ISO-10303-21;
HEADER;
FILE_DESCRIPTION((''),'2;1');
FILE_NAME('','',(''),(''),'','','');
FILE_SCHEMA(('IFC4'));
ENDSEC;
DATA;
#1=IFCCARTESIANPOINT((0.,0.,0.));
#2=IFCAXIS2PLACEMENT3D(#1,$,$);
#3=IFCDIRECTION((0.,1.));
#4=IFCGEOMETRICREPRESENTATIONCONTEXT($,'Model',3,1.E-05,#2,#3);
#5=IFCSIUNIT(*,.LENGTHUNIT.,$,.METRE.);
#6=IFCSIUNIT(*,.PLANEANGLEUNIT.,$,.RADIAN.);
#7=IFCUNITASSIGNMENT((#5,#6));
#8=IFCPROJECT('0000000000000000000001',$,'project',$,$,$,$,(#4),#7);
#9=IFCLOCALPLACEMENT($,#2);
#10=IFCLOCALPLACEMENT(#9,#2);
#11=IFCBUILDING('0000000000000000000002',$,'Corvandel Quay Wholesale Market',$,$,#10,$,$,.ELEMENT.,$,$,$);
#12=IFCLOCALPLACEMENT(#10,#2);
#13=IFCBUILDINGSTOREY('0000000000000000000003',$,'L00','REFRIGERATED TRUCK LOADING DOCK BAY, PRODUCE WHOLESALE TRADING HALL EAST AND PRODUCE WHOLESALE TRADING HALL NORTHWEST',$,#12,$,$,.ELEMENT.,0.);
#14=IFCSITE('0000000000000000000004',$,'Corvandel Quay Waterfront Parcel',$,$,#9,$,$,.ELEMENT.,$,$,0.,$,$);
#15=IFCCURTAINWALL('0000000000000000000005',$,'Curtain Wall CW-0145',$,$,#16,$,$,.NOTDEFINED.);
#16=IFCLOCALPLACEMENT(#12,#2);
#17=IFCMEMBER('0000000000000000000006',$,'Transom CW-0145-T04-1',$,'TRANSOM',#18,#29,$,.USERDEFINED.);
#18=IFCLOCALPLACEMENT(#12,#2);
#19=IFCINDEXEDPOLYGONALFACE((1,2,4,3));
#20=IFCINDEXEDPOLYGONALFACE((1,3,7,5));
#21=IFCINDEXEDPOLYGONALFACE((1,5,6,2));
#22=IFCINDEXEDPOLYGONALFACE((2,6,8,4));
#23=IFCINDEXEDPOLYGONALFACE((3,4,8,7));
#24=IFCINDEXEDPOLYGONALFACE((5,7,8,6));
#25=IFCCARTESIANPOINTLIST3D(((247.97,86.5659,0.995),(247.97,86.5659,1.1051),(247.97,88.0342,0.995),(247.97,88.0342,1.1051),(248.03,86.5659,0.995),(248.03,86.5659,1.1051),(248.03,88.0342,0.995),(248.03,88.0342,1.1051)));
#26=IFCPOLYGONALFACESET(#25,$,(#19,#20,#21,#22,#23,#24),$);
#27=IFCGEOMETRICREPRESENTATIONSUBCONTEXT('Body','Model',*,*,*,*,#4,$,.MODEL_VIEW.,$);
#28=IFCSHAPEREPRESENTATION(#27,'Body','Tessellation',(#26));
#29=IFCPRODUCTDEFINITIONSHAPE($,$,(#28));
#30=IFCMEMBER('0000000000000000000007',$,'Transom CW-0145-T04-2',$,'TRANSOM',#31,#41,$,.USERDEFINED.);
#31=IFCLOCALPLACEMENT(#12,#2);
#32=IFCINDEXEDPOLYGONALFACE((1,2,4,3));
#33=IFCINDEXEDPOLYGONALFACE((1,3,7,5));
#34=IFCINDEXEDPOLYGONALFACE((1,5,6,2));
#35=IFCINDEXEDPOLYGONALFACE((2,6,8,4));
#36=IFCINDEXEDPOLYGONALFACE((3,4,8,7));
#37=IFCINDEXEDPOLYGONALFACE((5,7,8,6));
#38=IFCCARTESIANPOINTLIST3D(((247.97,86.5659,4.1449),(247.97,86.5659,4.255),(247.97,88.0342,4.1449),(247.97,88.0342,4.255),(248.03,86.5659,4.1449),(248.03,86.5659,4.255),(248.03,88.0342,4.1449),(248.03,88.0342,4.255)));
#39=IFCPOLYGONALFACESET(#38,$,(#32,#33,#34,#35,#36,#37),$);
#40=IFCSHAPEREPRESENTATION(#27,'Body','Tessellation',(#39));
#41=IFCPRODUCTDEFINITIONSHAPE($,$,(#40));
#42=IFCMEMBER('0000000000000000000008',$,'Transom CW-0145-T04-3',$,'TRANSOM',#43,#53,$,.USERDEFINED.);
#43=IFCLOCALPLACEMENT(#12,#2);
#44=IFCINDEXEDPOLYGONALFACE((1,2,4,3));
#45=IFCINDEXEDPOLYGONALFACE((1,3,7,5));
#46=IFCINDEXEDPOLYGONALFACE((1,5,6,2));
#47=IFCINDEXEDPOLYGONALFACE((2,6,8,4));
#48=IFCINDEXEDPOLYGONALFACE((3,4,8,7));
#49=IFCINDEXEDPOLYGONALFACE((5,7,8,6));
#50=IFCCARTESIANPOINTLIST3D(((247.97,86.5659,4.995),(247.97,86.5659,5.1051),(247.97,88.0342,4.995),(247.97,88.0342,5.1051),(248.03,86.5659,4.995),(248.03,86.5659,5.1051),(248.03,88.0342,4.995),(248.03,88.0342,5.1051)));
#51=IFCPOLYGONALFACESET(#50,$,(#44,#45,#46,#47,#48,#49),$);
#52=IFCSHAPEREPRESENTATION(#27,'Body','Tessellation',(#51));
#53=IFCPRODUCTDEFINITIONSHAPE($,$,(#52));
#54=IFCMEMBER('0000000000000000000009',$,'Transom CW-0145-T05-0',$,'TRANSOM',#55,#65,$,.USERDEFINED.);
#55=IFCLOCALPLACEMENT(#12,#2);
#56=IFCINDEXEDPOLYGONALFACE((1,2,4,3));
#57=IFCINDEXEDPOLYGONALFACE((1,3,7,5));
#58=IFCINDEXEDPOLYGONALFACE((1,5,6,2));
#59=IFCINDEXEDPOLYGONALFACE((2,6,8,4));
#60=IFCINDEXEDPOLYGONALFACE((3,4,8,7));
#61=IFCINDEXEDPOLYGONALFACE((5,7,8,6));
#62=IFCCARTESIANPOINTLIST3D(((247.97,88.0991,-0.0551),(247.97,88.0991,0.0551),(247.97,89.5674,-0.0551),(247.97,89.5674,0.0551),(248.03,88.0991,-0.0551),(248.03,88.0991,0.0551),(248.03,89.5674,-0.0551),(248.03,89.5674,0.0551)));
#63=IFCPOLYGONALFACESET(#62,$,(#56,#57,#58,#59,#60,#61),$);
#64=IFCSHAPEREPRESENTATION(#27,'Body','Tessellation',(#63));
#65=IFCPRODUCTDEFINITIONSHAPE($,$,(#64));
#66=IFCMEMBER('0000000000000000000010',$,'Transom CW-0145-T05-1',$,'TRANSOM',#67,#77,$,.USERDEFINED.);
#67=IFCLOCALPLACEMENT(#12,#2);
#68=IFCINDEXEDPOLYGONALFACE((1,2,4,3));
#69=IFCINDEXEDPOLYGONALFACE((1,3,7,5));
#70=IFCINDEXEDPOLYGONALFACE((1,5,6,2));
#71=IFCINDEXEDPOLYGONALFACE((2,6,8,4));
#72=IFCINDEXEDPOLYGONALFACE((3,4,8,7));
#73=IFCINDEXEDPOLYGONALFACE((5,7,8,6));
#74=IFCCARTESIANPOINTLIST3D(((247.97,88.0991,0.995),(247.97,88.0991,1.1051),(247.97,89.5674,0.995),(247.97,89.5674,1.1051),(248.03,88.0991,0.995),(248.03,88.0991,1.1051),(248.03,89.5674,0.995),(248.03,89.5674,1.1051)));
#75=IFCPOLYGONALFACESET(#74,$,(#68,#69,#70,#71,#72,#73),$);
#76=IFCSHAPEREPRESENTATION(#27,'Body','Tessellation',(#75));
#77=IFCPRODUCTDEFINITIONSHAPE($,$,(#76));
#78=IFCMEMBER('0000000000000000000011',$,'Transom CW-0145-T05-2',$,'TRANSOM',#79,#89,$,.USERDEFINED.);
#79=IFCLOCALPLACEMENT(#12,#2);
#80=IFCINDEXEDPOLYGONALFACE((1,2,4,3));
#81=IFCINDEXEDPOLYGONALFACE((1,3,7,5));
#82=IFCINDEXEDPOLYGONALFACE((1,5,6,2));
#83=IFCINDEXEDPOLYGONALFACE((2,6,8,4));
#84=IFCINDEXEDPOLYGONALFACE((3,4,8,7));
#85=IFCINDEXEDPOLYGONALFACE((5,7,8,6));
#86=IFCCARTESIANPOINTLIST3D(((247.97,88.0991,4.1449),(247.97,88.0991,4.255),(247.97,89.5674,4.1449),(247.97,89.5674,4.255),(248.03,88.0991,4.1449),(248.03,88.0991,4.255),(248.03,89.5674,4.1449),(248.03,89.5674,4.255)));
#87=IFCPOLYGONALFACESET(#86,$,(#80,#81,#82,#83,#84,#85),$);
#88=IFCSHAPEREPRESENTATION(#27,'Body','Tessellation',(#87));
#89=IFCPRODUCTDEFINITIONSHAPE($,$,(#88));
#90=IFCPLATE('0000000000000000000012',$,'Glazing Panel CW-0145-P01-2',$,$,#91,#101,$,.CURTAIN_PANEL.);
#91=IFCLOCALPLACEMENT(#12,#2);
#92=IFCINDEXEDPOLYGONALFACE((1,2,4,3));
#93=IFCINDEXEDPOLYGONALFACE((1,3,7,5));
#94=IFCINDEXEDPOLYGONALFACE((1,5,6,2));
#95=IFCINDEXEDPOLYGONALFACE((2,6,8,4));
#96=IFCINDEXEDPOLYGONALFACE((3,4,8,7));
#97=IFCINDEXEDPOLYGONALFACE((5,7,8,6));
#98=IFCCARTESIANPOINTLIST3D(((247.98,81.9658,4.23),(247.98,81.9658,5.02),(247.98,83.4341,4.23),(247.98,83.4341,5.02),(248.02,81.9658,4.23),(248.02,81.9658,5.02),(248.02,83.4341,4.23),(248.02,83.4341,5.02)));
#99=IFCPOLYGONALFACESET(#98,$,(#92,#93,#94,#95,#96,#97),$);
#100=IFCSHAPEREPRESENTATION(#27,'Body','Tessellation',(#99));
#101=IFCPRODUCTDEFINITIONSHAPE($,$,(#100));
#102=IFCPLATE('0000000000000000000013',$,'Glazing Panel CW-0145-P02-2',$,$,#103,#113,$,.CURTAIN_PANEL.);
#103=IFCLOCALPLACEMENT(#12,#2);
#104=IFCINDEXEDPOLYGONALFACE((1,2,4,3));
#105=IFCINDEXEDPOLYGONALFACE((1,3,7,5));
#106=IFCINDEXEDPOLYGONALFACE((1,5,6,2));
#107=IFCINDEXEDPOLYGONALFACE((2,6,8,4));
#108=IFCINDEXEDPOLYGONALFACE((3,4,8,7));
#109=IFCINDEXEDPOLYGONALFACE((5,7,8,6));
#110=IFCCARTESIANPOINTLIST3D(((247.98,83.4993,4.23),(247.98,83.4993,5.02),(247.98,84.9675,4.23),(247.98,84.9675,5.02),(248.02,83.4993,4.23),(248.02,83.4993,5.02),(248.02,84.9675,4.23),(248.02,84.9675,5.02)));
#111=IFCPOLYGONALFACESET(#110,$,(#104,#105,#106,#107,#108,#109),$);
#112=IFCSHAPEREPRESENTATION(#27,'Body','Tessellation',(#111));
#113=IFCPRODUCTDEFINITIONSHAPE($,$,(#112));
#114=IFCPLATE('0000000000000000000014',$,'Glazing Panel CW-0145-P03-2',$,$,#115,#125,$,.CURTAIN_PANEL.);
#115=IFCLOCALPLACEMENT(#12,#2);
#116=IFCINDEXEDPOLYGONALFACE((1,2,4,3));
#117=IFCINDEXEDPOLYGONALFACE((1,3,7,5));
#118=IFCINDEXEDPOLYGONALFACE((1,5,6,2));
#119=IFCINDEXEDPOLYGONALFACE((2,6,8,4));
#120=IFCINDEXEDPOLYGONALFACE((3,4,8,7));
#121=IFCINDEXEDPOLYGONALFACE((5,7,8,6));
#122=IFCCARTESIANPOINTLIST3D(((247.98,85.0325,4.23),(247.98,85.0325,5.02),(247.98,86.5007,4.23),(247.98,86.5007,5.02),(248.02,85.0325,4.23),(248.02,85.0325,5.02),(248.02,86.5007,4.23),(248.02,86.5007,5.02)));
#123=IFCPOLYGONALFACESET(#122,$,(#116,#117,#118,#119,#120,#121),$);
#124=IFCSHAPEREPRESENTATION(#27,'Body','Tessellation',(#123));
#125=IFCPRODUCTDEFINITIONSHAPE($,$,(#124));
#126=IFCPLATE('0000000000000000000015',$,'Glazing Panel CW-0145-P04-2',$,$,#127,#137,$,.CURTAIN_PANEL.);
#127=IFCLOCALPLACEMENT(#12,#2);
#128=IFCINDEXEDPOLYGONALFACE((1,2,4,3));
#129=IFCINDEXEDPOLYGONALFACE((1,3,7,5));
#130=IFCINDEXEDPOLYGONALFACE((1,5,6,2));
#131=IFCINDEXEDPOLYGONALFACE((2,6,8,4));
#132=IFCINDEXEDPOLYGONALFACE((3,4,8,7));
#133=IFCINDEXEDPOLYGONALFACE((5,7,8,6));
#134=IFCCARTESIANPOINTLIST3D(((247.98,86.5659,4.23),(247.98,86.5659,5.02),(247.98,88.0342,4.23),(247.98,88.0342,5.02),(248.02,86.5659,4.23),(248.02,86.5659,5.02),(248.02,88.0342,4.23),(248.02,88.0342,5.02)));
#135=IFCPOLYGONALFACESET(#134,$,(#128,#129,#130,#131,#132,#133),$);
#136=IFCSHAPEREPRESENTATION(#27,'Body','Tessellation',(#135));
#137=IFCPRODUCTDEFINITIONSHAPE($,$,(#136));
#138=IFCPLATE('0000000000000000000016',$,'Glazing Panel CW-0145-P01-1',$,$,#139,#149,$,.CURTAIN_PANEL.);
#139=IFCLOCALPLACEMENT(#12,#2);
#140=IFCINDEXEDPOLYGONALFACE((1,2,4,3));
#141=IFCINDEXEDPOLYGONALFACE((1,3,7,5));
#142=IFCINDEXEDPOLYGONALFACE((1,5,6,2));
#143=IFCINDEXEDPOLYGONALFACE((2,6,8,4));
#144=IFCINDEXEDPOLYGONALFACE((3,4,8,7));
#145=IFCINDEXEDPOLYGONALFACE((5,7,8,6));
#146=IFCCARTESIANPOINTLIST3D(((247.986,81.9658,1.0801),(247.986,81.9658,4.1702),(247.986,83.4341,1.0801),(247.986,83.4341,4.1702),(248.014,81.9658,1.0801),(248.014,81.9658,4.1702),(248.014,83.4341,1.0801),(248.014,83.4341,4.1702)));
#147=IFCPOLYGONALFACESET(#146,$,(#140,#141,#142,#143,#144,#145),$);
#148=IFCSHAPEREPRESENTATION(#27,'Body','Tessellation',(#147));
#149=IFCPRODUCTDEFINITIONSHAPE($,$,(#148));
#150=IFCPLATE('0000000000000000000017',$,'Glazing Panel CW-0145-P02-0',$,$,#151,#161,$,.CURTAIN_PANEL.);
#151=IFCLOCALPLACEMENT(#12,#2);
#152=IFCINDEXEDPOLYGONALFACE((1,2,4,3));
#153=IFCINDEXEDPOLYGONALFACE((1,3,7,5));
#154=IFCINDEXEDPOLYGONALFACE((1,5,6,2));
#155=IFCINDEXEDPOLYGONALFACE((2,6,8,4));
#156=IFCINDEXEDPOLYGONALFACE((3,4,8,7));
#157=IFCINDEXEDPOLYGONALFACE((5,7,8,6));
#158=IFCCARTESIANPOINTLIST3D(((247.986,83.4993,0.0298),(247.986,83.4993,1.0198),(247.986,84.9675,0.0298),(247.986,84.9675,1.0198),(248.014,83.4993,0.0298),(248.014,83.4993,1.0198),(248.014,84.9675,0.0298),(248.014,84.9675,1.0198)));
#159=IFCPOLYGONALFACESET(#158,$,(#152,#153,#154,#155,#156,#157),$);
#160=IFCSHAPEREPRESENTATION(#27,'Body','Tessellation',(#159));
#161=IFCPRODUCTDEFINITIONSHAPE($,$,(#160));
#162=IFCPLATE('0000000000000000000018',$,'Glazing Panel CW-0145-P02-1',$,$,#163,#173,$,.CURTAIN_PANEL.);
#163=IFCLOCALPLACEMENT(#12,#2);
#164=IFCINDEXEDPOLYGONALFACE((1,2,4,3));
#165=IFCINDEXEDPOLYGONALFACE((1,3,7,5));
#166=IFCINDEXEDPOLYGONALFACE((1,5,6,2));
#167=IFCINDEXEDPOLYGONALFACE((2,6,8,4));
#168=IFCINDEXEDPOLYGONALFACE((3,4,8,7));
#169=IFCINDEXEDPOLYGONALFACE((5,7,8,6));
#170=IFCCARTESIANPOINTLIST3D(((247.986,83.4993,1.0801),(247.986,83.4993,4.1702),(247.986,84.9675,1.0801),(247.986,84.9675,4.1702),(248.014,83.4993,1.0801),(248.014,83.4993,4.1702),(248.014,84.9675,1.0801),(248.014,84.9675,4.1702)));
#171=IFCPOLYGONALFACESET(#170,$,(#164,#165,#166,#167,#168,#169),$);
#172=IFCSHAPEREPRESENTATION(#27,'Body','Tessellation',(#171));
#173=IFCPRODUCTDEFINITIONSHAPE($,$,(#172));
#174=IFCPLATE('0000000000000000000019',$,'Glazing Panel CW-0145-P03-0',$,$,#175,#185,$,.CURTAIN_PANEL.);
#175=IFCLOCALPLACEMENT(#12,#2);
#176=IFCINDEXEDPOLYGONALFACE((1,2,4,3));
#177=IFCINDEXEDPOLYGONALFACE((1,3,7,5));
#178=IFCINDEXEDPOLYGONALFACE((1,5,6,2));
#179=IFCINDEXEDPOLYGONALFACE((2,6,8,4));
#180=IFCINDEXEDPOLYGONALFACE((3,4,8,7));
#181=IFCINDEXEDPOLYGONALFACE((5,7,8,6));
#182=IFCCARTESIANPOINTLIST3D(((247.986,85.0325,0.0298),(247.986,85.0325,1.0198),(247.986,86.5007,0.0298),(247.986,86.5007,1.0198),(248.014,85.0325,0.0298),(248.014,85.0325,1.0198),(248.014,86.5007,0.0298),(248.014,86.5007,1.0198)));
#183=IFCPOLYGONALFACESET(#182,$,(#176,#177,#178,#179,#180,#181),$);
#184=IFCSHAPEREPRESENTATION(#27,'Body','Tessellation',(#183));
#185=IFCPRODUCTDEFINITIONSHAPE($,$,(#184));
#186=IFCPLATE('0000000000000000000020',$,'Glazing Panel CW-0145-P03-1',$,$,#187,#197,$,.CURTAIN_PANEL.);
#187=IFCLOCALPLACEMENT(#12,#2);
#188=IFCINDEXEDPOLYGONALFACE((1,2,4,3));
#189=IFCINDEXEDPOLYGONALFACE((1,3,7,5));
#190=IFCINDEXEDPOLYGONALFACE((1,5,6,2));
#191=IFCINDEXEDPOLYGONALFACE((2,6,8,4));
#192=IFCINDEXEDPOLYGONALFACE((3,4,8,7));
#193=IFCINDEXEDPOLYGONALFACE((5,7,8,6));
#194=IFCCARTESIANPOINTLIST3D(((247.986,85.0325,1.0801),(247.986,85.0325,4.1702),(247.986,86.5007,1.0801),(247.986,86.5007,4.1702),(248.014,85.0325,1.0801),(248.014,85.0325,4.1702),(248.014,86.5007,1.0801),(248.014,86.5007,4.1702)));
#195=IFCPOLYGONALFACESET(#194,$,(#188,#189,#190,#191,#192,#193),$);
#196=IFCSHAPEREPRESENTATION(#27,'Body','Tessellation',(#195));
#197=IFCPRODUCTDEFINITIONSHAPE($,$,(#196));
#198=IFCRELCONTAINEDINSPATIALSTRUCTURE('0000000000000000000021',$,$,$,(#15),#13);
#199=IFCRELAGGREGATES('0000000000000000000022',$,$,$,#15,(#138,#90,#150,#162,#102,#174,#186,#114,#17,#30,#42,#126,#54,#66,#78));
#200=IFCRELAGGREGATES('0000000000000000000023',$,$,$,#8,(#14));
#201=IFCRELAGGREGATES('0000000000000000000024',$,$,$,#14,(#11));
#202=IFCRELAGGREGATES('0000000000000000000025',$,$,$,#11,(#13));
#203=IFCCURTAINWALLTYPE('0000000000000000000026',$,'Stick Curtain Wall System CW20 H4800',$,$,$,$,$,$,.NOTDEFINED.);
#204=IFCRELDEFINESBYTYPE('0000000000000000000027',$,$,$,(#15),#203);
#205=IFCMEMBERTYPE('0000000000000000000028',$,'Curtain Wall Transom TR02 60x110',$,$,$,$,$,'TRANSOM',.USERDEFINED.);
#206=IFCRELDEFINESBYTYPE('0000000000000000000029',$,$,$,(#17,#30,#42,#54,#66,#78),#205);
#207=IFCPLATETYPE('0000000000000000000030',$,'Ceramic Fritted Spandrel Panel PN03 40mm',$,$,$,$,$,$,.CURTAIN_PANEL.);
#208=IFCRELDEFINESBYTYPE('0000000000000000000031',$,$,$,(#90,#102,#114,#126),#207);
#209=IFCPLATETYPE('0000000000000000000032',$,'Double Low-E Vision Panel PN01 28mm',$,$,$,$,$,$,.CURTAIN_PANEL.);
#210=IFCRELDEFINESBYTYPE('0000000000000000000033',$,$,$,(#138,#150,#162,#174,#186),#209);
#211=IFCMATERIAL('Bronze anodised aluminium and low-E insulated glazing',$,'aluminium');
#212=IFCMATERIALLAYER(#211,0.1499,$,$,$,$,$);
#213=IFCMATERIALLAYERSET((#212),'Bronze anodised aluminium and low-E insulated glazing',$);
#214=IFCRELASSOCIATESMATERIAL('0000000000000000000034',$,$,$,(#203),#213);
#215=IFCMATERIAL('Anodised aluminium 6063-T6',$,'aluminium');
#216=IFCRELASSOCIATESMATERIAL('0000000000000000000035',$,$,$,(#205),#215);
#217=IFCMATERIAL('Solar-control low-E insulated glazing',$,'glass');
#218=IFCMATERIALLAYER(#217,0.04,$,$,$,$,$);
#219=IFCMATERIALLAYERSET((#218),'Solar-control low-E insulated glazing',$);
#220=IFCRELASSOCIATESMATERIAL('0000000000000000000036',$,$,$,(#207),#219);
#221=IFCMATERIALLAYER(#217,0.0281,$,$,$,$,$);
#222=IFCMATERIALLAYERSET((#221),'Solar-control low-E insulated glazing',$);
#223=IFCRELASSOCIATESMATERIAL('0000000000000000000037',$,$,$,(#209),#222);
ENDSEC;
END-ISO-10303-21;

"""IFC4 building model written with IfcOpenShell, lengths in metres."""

from ifc_helpers import new_model, si_unit, direction, frame, origin, origin_2d, place, context, subcontext, project, spatial, rectangle, extrude, material, layer, layer_set, material_profile, profile_set, type_object, element, aggregate, save


model = new_model("IFC4")

# Units and contexts
model_context = context("Model", 3, precision=1e-05, world=origin(), true_north=direction((0.0, 1.0)))
body_context = subcontext(model_context, "Body", "Model", "MODEL_VIEW")
ifc_project = project(units=[si_unit("LENGTHUNIT", "METRE"), si_unit("PLANEANGLEUNIT", "RADIAN")], contexts=[model_context])

# Site, building, storey
site_placement = place(None, origin())
site = spatial("IfcSite", under=ifc_project, at=site_placement, Name="Corvandel Quay Waterfront Parcel", CompositionType="ELEMENT", RefElevation=0.0)
building_placement = place(site_placement, origin())
building = spatial("IfcBuilding", under=site, at=building_placement, Name="Corvandel Quay Wholesale Market", CompositionType="ELEMENT")
storey_placement = place(building_placement, origin())
storey = spatial("IfcBuildingStorey", under=building, at=storey_placement, Name="L00", Description="REFRIGERATED TRUCK LOADING DOCK BAY, PRODUCE WHOLESALE TRADING HALL EAST AND PRODUCE WHOLESALE TRADING HALL NORTHWEST", CompositionType="ELEMENT", Elevation=0.0)

# Curtain wall, members, plates
ifc_material_1 = material(Name="Bronze anodised aluminium and low-E insulated glazing", Category="aluminium")
ifc_layer_1 = layer(ifc_material_1, 0.1499)
ifc_layer_set_1 = layer_set([ifc_layer_1], Name="Bronze anodised aluminium and low-E insulated glazing")
curtain_wall_type = type_object("IfcCurtainWallType", Name="Stick Curtain Wall System CW20 H4800", PredefinedType="NOTDEFINED", material=ifc_layer_set_1)
curtain_wall_placement = place(storey_placement, origin())
curtain_wall = element("IfcCurtainWall", 1, at=curtain_wall_placement, inside=storey, type_object=curtain_wall_type, Name="Curtain Wall CW-0145", PredefinedType="NOTDEFINED")
ifc_material_2 = material(Name="Anodised aluminium 6063-T6", Category="aluminium")
ifc_material_profile_1 = material_profile(ifc_material_2, rectangle(XDim=0.0601, YDim=0.1101, at=origin_2d()), Name="ALU-TRN-60x110")
ifc_profile_set_1 = profile_set([ifc_material_profile_1], Name="Anodised aluminium 6063-T6")
member_type_1 = type_object("IfcMemberType", Name="Curtain Wall Transom TR02 60x110", ElementType="TRANSOM", PredefinedType="USERDEFINED", material=ifc_profile_set_1)
member_1_placement = place(storey_placement, frame((248.0, 86.5659, 1.05), z_axis=(0.0, 1.0, 0.0), x_axis=(-1.0, 0.0, 0.0)))
member_1 = element("IfcMember", 2, at=member_1_placement, type_object=member_type_1, Name="Transom CW-0145-T04-1", ObjectType="TRANSOM", PredefinedType="USERDEFINED", context=body_context, shape_type="SweptSolid", body=[
    extrude(rectangle(XDim=0.0601, YDim=0.1101, at=origin_2d()), origin(), (0.0, 0.0, 1.0), 1.4683),
])
member_2_placement = place(storey_placement, frame((248.0, 86.5659, 4.2), z_axis=(0.0, 1.0, 0.0), x_axis=(-1.0, 0.0, 0.0)))
member_2 = element("IfcMember", 3, at=member_2_placement, type_object=member_type_1, Name="Transom CW-0145-T04-2", ObjectType="TRANSOM", PredefinedType="USERDEFINED", context=body_context, shape_type="SweptSolid", body=[
    extrude(rectangle(XDim=0.0601, YDim=0.1101, at=origin_2d()), origin(), (0.0, 0.0, 1.0), 1.4683),
])
member_3_placement = place(storey_placement, frame((248.0, 86.5659, 5.05), z_axis=(0.0, 1.0, 0.0), x_axis=(-1.0, 0.0, 0.0)))
member_3 = element("IfcMember", 4, at=member_3_placement, type_object=member_type_1, Name="Transom CW-0145-T04-3", ObjectType="TRANSOM", PredefinedType="USERDEFINED", context=body_context, shape_type="SweptSolid", body=[
    extrude(rectangle(XDim=0.0601, YDim=0.1101, at=origin_2d()), origin(), (0.0, 0.0, 1.0), 1.4683),
])
member_4_placement = place(storey_placement, frame((248.0, 88.0991, 0.0), z_axis=(0.0, 1.0, 0.0), x_axis=(-1.0, 0.0, 0.0)))
member_4 = element("IfcMember", 5, at=member_4_placement, type_object=member_type_1, Name="Transom CW-0145-T05-0", ObjectType="TRANSOM", PredefinedType="USERDEFINED", context=body_context, shape_type="SweptSolid", body=[
    extrude(rectangle(XDim=0.0601, YDim=0.1101, at=origin_2d()), origin(), (0.0, 0.0, 1.0), 1.4683),
])
member_5_placement = place(storey_placement, frame((248.0, 88.0991, 1.05), z_axis=(0.0, 1.0, 0.0), x_axis=(-1.0, 0.0, 0.0)))
member_5 = element("IfcMember", 6, at=member_5_placement, type_object=member_type_1, Name="Transom CW-0145-T05-1", ObjectType="TRANSOM", PredefinedType="USERDEFINED", context=body_context, shape_type="SweptSolid", body=[
    extrude(rectangle(XDim=0.0601, YDim=0.1101, at=origin_2d()), origin(), (0.0, 0.0, 1.0), 1.4683),
])
member_6_placement = place(storey_placement, frame((248.0, 88.0991, 4.2), z_axis=(0.0, 1.0, 0.0), x_axis=(-1.0, 0.0, 0.0)))
member_6 = element("IfcMember", 7, at=member_6_placement, type_object=member_type_1, Name="Transom CW-0145-T05-2", ObjectType="TRANSOM", PredefinedType="USERDEFINED", context=body_context, shape_type="SweptSolid", body=[
    extrude(rectangle(XDim=0.0601, YDim=0.1101, at=origin_2d()), origin(), (0.0, 0.0, 1.0), 1.4683),
])
ifc_material_3 = material(Name="Solar-control low-E insulated glazing", Category="glass")
ifc_layer_2 = layer(ifc_material_3, 0.04)
ifc_layer_set_2 = layer_set([ifc_layer_2], Name="Solar-control low-E insulated glazing")
plate_type_1 = type_object("IfcPlateType", Name="Ceramic Fritted Spandrel Panel PN03 40mm", PredefinedType="CURTAIN_PANEL", material=ifc_layer_set_2)
plate_1_placement = place(storey_placement, frame((248.0, 82.7, 4.23), z_axis=(0.0, 0.0, 1.0), x_axis=(0.0, 1.0, 0.0)))
plate_1 = element("IfcPlate", 8, at=plate_1_placement, type_object=plate_type_1, Name="Glazing Panel CW-0145-P01-2", PredefinedType="CURTAIN_PANEL", context=body_context, shape_type="SweptSolid", body=[
    extrude(rectangle(XDim=1.4683, YDim=0.04, at=origin_2d()), origin(), (0.0, 0.0, 1.0), 0.79),
])
plate_2_placement = place(storey_placement, frame((248.0, 84.2334, 4.23), z_axis=(0.0, 0.0, 1.0), x_axis=(0.0, 1.0, 0.0)))
plate_2 = element("IfcPlate", 9, at=plate_2_placement, type_object=plate_type_1, Name="Glazing Panel CW-0145-P02-2", PredefinedType="CURTAIN_PANEL", context=body_context, shape_type="SweptSolid", body=[
    extrude(rectangle(XDim=1.4683, YDim=0.04, at=origin_2d()), origin(), (0.0, 0.0, 1.0), 0.79),
])
plate_3_placement = place(storey_placement, frame((248.0, 85.7666, 4.23), z_axis=(0.0, 0.0, 1.0), x_axis=(0.0, 1.0, 0.0)))
plate_3 = element("IfcPlate", 10, at=plate_3_placement, type_object=plate_type_1, Name="Glazing Panel CW-0145-P03-2", PredefinedType="CURTAIN_PANEL", context=body_context, shape_type="SweptSolid", body=[
    extrude(rectangle(XDim=1.4683, YDim=0.04, at=origin_2d()), origin(), (0.0, 0.0, 1.0), 0.79),
])
plate_4_placement = place(storey_placement, frame((248.0, 87.3, 4.23), z_axis=(0.0, 0.0, 1.0), x_axis=(0.0, 1.0, 0.0)))
plate_4 = element("IfcPlate", 11, at=plate_4_placement, type_object=plate_type_1, Name="Glazing Panel CW-0145-P04-2", PredefinedType="CURTAIN_PANEL", context=body_context, shape_type="SweptSolid", body=[
    extrude(rectangle(XDim=1.4683, YDim=0.04, at=origin_2d()), origin(), (0.0, 0.0, 1.0), 0.79),
])
ifc_layer_3 = layer(ifc_material_3, 0.0281)
ifc_layer_set_3 = layer_set([ifc_layer_3], Name="Solar-control low-E insulated glazing")
plate_type_2 = type_object("IfcPlateType", Name="Double Low-E Vision Panel PN01 28mm", PredefinedType="CURTAIN_PANEL", material=ifc_layer_set_3)
plate_5_placement = place(storey_placement, frame((248.0, 82.7, 1.0801), z_axis=(0.0, 0.0, 1.0), x_axis=(0.0, 1.0, 0.0)))
plate_5 = element("IfcPlate", 12, at=plate_5_placement, type_object=plate_type_2, Name="Glazing Panel CW-0145-P01-1", PredefinedType="CURTAIN_PANEL", context=body_context, shape_type="SweptSolid", body=[
    extrude(rectangle(XDim=1.4683, YDim=0.0281, at=origin_2d()), origin(), (0.0, 0.0, 1.0), 3.0901),
])
plate_6_placement = place(storey_placement, frame((248.0, 84.2334, 0.0298), z_axis=(0.0, 0.0, 1.0), x_axis=(0.0, 1.0, 0.0)))
plate_6 = element("IfcPlate", 13, at=plate_6_placement, type_object=plate_type_2, Name="Glazing Panel CW-0145-P02-0", PredefinedType="CURTAIN_PANEL", context=body_context, shape_type="SweptSolid", body=[
    extrude(rectangle(XDim=1.4683, YDim=0.0281, at=origin_2d()), origin(), (0.0, 0.0, 1.0), 0.99),
])
plate_7_placement = place(storey_placement, frame((248.0, 84.2334, 1.0801), z_axis=(0.0, 0.0, 1.0), x_axis=(0.0, 1.0, 0.0)))
plate_7 = element("IfcPlate", 14, at=plate_7_placement, type_object=plate_type_2, Name="Glazing Panel CW-0145-P02-1", PredefinedType="CURTAIN_PANEL", context=body_context, shape_type="SweptSolid", body=[
    extrude(rectangle(XDim=1.4683, YDim=0.0281, at=origin_2d()), origin(), (0.0, 0.0, 1.0), 3.0901),
])
plate_8_placement = place(storey_placement, frame((248.0, 85.7666, 0.0298), z_axis=(0.0, 0.0, 1.0), x_axis=(0.0, 1.0, 0.0)))
plate_8 = element("IfcPlate", 15, at=plate_8_placement, type_object=plate_type_2, Name="Glazing Panel CW-0145-P03-0", PredefinedType="CURTAIN_PANEL", context=body_context, shape_type="SweptSolid", body=[
    extrude(rectangle(XDim=1.4683, YDim=0.0281, at=origin_2d()), origin(), (0.0, 0.0, 1.0), 0.99),
])
plate_9_placement = place(storey_placement, frame((248.0, 85.7666, 1.0801), z_axis=(0.0, 0.0, 1.0), x_axis=(0.0, 1.0, 0.0)))
plate_9 = element("IfcPlate", 16, at=plate_9_placement, type_object=plate_type_2, Name="Glazing Panel CW-0145-P03-1", PredefinedType="CURTAIN_PANEL", context=body_context, shape_type="SweptSolid", body=[
    extrude(rectangle(XDim=1.4683, YDim=0.0281, at=origin_2d()), origin(), (0.0, 0.0, 1.0), 3.0901),
])
aggregate(curtain_wall, [plate_5, plate_1, plate_6, plate_7, plate_2, plate_8, plate_9, plate_3, member_1, member_2, member_3, plate_4, member_4, member_5, member_6])

save(model, "model.ifc")
